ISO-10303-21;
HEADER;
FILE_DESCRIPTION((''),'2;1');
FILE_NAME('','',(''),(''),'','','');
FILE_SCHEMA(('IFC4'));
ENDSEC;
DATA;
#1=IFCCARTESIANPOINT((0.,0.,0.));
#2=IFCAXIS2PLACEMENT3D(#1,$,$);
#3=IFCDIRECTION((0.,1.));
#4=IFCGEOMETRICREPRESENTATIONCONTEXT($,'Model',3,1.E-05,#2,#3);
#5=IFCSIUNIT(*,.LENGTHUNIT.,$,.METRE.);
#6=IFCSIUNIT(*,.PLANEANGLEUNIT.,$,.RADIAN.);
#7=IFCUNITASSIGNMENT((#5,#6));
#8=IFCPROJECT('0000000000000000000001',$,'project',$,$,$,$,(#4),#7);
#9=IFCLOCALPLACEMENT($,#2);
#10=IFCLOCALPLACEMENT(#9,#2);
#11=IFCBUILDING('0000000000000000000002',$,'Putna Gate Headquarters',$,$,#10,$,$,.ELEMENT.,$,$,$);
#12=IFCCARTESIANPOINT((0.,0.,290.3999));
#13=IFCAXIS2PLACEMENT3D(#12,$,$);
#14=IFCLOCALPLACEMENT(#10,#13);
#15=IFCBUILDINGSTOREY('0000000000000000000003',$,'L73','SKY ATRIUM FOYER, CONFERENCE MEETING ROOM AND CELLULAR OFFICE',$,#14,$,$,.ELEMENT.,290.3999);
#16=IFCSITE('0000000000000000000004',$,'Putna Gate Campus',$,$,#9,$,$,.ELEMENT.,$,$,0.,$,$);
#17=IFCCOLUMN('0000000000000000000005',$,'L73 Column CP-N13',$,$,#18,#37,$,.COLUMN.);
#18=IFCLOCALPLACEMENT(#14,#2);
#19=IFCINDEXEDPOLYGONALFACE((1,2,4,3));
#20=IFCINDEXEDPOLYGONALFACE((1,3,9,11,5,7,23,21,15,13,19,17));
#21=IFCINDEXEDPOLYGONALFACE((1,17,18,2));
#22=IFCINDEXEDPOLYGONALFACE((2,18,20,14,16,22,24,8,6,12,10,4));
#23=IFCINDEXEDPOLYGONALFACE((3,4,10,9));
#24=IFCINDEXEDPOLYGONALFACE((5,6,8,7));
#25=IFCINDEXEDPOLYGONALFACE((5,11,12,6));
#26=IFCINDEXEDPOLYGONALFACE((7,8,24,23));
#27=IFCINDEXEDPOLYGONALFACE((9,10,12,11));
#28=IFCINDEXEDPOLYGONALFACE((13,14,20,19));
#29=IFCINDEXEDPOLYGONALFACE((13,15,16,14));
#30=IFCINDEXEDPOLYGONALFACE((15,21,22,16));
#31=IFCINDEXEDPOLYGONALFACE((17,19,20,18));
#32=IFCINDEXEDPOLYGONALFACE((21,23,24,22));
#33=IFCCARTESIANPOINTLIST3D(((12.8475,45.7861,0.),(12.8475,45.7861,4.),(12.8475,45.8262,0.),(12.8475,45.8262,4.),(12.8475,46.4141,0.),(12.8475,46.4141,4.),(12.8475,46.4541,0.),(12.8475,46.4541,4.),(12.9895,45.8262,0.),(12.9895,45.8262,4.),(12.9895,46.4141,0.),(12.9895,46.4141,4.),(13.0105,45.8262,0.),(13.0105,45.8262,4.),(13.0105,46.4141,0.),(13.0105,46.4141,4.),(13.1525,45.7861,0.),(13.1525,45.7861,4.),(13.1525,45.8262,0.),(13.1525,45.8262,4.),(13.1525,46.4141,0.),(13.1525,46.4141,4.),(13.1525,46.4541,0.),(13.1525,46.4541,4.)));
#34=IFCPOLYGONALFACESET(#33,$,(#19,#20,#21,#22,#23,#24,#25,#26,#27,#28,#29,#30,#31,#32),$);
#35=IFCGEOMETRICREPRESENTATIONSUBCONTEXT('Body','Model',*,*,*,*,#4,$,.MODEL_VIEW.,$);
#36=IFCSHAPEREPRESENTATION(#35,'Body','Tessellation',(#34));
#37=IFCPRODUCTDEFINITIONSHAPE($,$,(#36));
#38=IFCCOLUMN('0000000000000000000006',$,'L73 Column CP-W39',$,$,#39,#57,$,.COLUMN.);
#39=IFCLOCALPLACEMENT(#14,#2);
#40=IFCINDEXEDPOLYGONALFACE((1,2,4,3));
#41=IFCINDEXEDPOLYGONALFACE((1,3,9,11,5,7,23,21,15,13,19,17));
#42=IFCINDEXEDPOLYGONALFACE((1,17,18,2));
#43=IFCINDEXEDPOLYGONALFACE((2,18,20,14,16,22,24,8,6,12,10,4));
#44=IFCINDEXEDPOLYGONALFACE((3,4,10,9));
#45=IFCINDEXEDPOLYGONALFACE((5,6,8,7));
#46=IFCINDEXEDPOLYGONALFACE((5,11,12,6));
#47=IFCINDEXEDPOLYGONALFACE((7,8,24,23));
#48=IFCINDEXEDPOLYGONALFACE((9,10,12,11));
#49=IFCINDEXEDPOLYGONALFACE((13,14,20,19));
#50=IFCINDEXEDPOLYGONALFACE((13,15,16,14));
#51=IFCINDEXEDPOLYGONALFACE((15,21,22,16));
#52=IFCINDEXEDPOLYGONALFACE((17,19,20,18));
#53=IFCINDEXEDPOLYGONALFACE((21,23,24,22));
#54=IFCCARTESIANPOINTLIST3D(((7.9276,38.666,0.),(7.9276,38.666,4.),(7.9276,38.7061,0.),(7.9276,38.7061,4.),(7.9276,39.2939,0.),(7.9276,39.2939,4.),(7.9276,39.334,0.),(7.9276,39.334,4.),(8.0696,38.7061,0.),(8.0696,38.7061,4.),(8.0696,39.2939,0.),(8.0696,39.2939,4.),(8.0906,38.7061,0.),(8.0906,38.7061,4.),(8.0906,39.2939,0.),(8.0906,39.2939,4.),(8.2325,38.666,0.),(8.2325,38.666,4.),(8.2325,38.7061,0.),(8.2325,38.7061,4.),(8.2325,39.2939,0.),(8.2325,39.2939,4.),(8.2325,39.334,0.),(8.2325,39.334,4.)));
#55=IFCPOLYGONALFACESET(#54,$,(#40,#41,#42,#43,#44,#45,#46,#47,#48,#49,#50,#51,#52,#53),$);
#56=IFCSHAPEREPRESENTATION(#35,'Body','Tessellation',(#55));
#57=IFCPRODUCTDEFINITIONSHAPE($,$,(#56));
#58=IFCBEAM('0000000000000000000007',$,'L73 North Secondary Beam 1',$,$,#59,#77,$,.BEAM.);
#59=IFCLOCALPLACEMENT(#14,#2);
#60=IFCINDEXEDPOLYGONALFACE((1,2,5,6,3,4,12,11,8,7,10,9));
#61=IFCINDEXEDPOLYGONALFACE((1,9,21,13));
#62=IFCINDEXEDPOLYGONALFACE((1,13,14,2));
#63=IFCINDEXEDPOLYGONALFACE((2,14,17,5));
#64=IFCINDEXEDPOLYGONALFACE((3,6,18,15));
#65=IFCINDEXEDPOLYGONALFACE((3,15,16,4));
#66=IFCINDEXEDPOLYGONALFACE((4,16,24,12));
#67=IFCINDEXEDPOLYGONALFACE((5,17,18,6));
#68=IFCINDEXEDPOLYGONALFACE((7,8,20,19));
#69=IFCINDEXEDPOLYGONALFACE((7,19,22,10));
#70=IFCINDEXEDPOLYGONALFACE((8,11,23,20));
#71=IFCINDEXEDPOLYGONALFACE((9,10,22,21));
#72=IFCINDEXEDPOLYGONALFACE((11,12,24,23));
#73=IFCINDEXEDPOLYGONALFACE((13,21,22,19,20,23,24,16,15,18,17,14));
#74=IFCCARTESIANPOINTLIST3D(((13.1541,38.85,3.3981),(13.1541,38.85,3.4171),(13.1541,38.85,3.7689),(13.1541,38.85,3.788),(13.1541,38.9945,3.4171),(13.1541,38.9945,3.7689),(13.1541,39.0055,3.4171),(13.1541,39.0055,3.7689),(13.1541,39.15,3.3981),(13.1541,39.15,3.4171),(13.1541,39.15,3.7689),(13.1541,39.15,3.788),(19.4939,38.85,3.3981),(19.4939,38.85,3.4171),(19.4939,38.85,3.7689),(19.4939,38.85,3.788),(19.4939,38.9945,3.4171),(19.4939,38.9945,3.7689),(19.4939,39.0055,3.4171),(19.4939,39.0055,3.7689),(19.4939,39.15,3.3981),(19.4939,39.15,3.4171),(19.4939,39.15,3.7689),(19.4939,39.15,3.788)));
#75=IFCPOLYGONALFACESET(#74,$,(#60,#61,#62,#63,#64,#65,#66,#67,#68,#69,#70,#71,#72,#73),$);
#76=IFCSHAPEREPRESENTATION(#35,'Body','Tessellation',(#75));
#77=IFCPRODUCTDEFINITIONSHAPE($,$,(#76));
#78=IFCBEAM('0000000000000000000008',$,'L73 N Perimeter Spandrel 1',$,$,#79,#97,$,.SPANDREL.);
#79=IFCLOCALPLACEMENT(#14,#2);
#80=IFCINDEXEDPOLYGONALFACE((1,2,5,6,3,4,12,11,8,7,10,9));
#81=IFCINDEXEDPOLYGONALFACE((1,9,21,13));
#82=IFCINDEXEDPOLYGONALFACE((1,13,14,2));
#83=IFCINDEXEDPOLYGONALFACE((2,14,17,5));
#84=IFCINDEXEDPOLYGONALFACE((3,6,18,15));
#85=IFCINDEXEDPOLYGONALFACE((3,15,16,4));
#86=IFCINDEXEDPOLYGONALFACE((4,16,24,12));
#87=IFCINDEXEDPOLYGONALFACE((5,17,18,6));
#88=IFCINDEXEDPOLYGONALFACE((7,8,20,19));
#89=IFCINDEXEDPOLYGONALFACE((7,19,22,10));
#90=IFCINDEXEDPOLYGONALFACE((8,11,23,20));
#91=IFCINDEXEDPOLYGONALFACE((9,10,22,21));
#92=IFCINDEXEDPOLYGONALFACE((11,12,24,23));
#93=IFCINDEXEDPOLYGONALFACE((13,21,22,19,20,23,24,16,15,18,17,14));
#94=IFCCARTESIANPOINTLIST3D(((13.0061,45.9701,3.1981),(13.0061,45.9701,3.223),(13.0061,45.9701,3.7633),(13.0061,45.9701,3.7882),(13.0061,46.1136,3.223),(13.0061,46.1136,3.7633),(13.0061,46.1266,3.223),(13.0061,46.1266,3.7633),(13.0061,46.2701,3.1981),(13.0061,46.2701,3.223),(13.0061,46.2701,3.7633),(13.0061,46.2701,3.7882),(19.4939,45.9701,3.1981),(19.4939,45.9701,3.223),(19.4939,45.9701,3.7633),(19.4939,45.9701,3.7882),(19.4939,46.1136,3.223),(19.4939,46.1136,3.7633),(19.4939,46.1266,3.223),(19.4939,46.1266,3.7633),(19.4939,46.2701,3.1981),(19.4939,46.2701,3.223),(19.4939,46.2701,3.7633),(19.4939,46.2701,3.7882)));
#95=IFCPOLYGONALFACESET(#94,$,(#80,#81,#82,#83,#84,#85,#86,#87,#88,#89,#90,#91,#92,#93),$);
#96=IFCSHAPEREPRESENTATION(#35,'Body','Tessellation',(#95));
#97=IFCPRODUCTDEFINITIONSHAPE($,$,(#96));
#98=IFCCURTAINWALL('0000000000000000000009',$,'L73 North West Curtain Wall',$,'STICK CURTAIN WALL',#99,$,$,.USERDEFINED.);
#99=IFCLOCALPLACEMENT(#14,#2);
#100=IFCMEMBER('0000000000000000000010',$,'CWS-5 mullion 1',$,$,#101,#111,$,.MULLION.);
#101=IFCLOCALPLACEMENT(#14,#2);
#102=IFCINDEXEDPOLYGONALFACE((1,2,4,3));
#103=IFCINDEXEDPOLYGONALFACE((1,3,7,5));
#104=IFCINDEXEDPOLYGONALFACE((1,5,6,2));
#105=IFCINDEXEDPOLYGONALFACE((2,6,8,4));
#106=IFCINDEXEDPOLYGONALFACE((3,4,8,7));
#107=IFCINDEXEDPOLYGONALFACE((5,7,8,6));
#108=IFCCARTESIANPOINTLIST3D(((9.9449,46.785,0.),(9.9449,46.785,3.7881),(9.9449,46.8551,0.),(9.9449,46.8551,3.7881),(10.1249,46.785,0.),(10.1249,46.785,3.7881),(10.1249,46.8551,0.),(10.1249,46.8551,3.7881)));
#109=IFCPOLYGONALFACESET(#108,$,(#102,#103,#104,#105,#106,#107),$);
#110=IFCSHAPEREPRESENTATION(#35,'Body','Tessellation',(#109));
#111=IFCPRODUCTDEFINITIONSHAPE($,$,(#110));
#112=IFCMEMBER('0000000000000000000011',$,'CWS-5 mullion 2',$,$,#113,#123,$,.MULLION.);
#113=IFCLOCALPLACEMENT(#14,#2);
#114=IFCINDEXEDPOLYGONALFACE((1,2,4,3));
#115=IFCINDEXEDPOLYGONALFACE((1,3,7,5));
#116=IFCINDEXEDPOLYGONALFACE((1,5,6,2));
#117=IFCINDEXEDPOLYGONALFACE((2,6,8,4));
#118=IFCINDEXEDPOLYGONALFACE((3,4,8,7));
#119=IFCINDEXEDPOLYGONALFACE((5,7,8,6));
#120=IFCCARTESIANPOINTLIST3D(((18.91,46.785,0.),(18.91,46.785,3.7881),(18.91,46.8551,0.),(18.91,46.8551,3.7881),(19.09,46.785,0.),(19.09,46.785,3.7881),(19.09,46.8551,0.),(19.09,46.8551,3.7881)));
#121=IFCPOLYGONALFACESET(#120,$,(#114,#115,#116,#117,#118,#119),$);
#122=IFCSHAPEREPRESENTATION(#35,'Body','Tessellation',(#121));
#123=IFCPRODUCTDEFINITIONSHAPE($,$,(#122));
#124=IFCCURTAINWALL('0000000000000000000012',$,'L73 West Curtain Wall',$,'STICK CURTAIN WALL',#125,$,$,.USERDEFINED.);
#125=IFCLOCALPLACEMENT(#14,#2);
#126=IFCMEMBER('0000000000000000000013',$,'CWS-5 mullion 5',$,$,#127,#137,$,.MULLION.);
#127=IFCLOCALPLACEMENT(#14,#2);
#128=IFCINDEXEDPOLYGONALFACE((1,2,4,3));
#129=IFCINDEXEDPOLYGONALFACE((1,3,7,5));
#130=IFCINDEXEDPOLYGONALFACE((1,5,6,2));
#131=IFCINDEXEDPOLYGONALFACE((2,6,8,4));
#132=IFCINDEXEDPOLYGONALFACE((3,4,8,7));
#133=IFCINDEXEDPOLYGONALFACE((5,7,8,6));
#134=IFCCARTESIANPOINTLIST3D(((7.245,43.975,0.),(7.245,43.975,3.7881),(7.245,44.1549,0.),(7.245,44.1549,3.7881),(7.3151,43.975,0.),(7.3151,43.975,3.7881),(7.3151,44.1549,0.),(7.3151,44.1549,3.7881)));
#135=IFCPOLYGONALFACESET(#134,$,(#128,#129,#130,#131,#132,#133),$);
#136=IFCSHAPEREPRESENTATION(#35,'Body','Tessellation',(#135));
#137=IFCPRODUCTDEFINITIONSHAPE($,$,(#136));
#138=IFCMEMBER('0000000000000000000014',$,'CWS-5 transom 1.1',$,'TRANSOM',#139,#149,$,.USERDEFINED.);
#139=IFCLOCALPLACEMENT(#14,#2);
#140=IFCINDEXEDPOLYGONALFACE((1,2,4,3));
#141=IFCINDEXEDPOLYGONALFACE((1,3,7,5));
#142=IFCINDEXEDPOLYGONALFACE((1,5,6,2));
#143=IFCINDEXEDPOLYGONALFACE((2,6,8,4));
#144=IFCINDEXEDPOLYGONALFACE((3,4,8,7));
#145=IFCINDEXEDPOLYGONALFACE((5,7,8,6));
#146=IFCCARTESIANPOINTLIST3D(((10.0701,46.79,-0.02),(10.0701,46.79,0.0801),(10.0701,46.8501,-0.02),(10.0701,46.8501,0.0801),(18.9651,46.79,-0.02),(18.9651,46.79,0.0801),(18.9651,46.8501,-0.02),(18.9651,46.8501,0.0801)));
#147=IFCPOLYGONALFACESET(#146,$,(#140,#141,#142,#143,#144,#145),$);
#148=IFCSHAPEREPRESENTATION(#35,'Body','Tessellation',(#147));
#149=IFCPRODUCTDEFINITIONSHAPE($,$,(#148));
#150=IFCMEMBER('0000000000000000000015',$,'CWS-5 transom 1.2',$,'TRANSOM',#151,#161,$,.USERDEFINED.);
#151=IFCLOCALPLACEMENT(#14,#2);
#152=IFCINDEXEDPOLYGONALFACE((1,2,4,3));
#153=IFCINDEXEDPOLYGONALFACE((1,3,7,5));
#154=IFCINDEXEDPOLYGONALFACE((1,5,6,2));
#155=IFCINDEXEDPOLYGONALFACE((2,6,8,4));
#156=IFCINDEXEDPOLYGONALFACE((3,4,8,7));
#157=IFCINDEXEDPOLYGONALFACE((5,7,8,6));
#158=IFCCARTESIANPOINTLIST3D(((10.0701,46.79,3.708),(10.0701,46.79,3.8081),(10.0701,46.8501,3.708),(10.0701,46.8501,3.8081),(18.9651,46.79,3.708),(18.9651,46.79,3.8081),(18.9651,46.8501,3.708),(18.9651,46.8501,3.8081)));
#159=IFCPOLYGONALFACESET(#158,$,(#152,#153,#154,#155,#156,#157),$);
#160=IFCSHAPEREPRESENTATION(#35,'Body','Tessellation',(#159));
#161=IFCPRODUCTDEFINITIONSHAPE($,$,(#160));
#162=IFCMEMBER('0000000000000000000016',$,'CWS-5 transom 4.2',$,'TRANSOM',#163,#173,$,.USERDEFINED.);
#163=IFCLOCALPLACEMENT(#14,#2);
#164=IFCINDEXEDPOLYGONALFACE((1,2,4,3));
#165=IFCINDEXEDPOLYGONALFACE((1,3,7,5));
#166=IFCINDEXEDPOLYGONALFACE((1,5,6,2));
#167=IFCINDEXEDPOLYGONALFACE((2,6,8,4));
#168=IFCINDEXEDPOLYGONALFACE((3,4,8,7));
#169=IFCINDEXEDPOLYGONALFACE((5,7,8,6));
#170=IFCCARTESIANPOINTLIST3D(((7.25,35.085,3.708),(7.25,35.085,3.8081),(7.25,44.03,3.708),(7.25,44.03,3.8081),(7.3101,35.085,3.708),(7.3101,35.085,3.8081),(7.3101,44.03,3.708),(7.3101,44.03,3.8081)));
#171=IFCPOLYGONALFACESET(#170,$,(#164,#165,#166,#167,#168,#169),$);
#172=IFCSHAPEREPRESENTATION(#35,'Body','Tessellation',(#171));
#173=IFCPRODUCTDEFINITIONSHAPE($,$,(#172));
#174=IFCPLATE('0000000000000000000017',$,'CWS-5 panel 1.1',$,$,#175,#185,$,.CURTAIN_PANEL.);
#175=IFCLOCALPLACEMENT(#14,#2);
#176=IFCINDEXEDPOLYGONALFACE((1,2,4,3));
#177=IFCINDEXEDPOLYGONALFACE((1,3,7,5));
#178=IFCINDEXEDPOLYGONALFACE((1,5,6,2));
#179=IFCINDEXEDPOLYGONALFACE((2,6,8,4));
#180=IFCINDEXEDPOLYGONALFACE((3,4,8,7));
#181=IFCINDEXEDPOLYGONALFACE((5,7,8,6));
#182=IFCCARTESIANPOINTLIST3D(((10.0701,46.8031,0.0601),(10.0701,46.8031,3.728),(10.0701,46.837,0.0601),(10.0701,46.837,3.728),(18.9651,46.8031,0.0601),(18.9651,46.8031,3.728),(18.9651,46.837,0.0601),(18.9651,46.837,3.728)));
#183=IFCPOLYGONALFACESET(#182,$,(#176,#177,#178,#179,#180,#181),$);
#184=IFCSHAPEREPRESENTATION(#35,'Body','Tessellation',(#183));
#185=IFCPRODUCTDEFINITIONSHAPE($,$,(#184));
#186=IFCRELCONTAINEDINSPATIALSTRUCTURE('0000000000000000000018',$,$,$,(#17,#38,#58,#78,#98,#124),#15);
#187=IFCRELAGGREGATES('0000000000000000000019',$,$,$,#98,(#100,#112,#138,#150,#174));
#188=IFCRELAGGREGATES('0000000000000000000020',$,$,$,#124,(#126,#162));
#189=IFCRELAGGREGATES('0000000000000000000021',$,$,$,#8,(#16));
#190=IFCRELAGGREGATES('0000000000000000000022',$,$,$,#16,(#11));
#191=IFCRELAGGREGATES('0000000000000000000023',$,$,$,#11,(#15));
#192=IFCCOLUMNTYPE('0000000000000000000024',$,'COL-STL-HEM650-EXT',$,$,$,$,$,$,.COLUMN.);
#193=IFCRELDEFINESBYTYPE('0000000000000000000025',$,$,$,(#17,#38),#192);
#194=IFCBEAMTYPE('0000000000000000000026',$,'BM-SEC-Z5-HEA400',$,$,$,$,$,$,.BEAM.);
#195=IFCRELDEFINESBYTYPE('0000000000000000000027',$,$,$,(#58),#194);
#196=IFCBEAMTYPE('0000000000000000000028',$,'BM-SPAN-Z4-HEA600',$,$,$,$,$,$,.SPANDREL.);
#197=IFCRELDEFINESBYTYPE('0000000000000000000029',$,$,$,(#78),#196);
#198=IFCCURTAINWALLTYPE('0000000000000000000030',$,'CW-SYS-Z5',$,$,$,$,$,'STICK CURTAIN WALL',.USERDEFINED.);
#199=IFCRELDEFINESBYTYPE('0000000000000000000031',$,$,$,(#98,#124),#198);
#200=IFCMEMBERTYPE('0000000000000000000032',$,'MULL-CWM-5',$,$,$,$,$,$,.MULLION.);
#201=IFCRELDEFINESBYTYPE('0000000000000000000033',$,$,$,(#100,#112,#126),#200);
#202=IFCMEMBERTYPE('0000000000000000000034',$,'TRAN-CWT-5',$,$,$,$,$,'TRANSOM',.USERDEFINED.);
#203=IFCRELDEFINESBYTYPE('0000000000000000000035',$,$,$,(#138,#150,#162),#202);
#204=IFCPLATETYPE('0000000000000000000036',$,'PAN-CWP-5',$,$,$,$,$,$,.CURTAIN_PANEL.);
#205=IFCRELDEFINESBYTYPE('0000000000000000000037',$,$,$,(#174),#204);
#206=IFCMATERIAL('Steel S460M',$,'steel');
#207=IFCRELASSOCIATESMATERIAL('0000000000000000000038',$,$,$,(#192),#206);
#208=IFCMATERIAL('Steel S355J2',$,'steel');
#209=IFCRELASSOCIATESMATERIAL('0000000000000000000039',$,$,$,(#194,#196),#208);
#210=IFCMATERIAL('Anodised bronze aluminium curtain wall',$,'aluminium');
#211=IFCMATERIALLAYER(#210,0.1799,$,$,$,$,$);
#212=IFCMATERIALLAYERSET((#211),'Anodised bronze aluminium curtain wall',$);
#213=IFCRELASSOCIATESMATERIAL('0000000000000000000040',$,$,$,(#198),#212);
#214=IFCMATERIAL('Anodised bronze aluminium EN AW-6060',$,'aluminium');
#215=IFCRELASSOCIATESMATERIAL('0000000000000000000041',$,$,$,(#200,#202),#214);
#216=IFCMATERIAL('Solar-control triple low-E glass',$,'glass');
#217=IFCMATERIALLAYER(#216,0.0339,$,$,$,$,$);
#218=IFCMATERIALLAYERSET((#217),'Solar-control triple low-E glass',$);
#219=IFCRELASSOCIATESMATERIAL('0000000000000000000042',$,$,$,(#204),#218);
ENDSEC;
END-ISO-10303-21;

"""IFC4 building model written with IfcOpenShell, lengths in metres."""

from ifc_helpers import new_model, si_unit, direction, frame, origin, origin_2d, place, context, subcontext, project, spatial, rectangle, i_section, extrude, material, layer, layer_set, material_profile, profile_set, type_object, element, aggregate, save


model = new_model("IFC4")

# Units and contexts
model_context = context("Model", 3, precision=1e-05, world=origin(), true_north=direction((0.0, 1.0)))
body_context = subcontext(model_context, "Body", "Model", "MODEL_VIEW")
ifc_project = project(units=[si_unit("LENGTHUNIT", "METRE"), si_unit("PLANEANGLEUNIT", "RADIAN")], contexts=[model_context])

# Site, building, storey
site_placement = place(None, origin())
site = spatial("IfcSite", under=ifc_project, at=site_placement, Name="Putna Gate Campus", CompositionType="ELEMENT", RefElevation=0.0)
building_placement = place(site_placement, origin())
building = spatial("IfcBuilding", under=site, at=building_placement, Name="Putna Gate Headquarters", CompositionType="ELEMENT")
storey_placement = place(building_placement, frame((0.0, 0.0, 290.3999)))
storey = spatial("IfcBuildingStorey", under=building, at=storey_placement, Name="L73", Description="SKY ATRIUM FOYER, CONFERENCE MEETING ROOM AND CELLULAR OFFICE", CompositionType="ELEMENT", Elevation=290.3999)

# Columns
ifc_material_1 = material(Name="Steel S460M", Category="steel")
ifc_material_profile_1 = material_profile(ifc_material_1, i_section(OverallWidth=0.3049, OverallDepth=0.668, WebThickness=0.021, FlangeThickness=0.04, at=origin_2d()), Name="Steel S460M")
ifc_profile_set_1 = profile_set([ifc_material_profile_1], Name="Steel S460M")
column_type = type_object("IfcColumnType", Name="COL-STL-HEM650-EXT", PredefinedType="COLUMN", material=ifc_profile_set_1)
for number, where, z_axis, x_axis, name in (
    (1, (13.0, 46.1201, 0.0), (0.0, 0.0, 1.0), (1.0, 0.0, 0.0), "L73 Column CP-N13"),
    (2, (8.0801, 39.0, 0.0), (0.0, 0.0, 1.0), (1.0, 0.0, 0.0), "L73 Column CP-W39"),
):
    element("IfcColumn", number, at=place(storey_placement, frame(where, z_axis=z_axis, x_axis=x_axis)), inside=storey, type_object=column_type, Name=name, PredefinedType="COLUMN", context=body_context, shape_type="SweptSolid", body=[
        extrude(i_section(OverallWidth=0.3049, OverallDepth=0.668, WebThickness=0.021, FlangeThickness=0.04, at=origin_2d()), origin(), (0.0, 0.0, 1.0), 4.0),
    ])

# Beams
ifc_material_2 = material(Name="Steel S355J2", Category="steel")
ifc_material_profile_2 = material_profile(ifc_material_2, i_section(OverallWidth=0.3, OverallDepth=0.3899, WebThickness=0.011, FlangeThickness=0.019, at=origin_2d()), Name="Steel S355J2")
ifc_profile_set_2 = profile_set([ifc_material_profile_2], Name="Steel S355J2")
beam_type_1 = type_object("IfcBeamType", Name="BM-SEC-Z5-HEA400", PredefinedType="BEAM", material=ifc_profile_set_2)
beam_1_placement = place(storey_placement, frame((13.1541, 39.0, 3.593), z_axis=(1.0, 0.0, 0.0), x_axis=(0.0, 1.0, 0.0)))
element("IfcBeam", 3, at=beam_1_placement, inside=storey, type_object=beam_type_1, Name="L73 North Secondary Beam 1", PredefinedType="BEAM", context=body_context, shape_type="SweptSolid", body=[
    extrude(i_section(OverallWidth=0.3, OverallDepth=0.3899, WebThickness=0.011, FlangeThickness=0.019, at=origin_2d()), origin(), (0.0, 0.0, 1.0), 6.3398),
])
ifc_material_profile_3 = material_profile(ifc_material_2, i_section(OverallWidth=0.3, OverallDepth=0.5901, WebThickness=0.0129, FlangeThickness=0.0249, at=origin_2d()), Name="Steel S355J2")
ifc_profile_set_3 = profile_set([ifc_material_profile_3], Name="Steel S355J2")
beam_type_2 = type_object("IfcBeamType", Name="BM-SPAN-Z4-HEA600", PredefinedType="SPANDREL", material=ifc_profile_set_3)
beam_2_placement = place(storey_placement, frame((13.0061, 46.1201, 3.4932), z_axis=(1.0, 0.0, 0.0), x_axis=(0.0, 1.0, 0.0)))
element("IfcBeam", 4, at=beam_2_placement, inside=storey, type_object=beam_type_2, Name="L73 N Perimeter Spandrel 1", PredefinedType="SPANDREL", context=body_context, shape_type="SweptSolid", body=[
    extrude(i_section(OverallWidth=0.3, OverallDepth=0.5901, WebThickness=0.0129, FlangeThickness=0.0249, at=origin_2d()), origin(), (0.0, 0.0, 1.0), 6.4878),
])

# Curtain wall, members
ifc_material_3 = material(Name="Anodised bronze aluminium curtain wall", Category="aluminium")
ifc_layer_1 = layer(ifc_material_3, 0.1799)
ifc_layer_set_1 = layer_set([ifc_layer_1], Name="Anodised bronze aluminium curtain wall")
curtain_wall_type = type_object("IfcCurtainWallType", Name="CW-SYS-Z5", ElementType="STICK CURTAIN WALL", PredefinedType="USERDEFINED", material=ifc_layer_set_1)
curtain_wall_1_placement = place(storey_placement, origin())
curtain_wall_1 = element("IfcCurtainWall", 5, at=curtain_wall_1_placement, inside=storey, type_object=curtain_wall_type, Name="L73 North West Curtain Wall", ObjectType="STICK CURTAIN WALL", PredefinedType="USERDEFINED")
ifc_material_4 = material(Name="Anodised bronze aluminium EN AW-6060", Category="aluminium")
ifc_material_profile_4 = material_profile(ifc_material_4, rectangle(XDim=0.0701, YDim=0.1799, at=origin_2d()), Name="Anodised bronze aluminium EN AW-6060")
ifc_profile_set_4 = profile_set([ifc_material_profile_4], Name="Anodised bronze aluminium EN AW-6060")
member_type_1 = type_object("IfcMemberType", Name="MULL-CWM-5", PredefinedType="MULLION", material=ifc_profile_set_4)
member_1_placement = place(storey_placement, frame((10.0349, 46.8201, 0.0), z_axis=(0.0, 0.0, 1.0), x_axis=(0.0, 1.0, 0.0)))
member_1 = element("IfcMember", 6, at=member_1_placement, type_object=member_type_1, Name="CWS-5 mullion 1", PredefinedType="MULLION", context=body_context, shape_type="SweptSolid", body=[
    extrude(rectangle(XDim=0.0701, YDim=0.1799, at=origin_2d()), origin(), (0.0, 0.0, 1.0), 3.7881),
])
member_2_placement = place(storey_placement, frame((19.0, 46.8201, 0.0), z_axis=(0.0, 0.0, 1.0), x_axis=(0.0, 1.0, 0.0)))
member_2 = element("IfcMember", 7, at=member_2_placement, type_object=member_type_1, Name="CWS-5 mullion 2", PredefinedType="MULLION", context=body_context, shape_type="SweptSolid", body=[
    extrude(rectangle(XDim=0.0701, YDim=0.1799, at=origin_2d()), origin(), (0.0, 0.0, 1.0), 3.7881),
])

# Curtain wall, member
curtain_wall_2_placement = place(storey_placement, origin())
curtain_wall_2 = element("IfcCurtainWall", 8, at=curtain_wall_2_placement, inside=storey, type_object=curtain_wall_type, Name="L73 West Curtain Wall", ObjectType="STICK CURTAIN WALL", PredefinedType="USERDEFINED")
member_3_placement = place(storey_placement, frame((7.28, 44.0649, 0.0), z_axis=(0.0, 0.0, 1.0), x_axis=(-1.0, 0.0, 0.0)))
member_3 = element("IfcMember", 9, at=member_3_placement, type_object=member_type_1, Name="CWS-5 mullion 5", PredefinedType="MULLION", context=body_context, shape_type="SweptSolid", body=[
    extrude(rectangle(XDim=0.0701, YDim=0.1799, at=origin_2d()), origin(), (0.0, 0.0, 1.0), 3.7881),
])

# Members
ifc_material_profile_5 = material_profile(ifc_material_4, rectangle(XDim=0.0601, YDim=0.1001, at=origin_2d()), Name="Anodised bronze aluminium EN AW-6060")
ifc_profile_set_5 = profile_set([ifc_material_profile_5], Name="Anodised bronze aluminium EN AW-6060")
member_type_2 = type_object("IfcMemberType", Name="TRAN-CWT-5", ElementType="TRANSOM", PredefinedType="USERDEFINED", material=ifc_profile_set_5)
member_4_placement = place(storey_placement, frame((10.0701, 46.8201, 0.03), z_axis=(1.0, 0.0, 0.0), x_axis=(0.0, 1.0, 0.0)))
member_4 = element("IfcMember", 10, at=member_4_placement, type_object=member_type_2, Name="CWS-5 transom 1.1", ObjectType="TRANSOM", PredefinedType="USERDEFINED", context=body_context, shape_type="SweptSolid", body=[
    extrude(rectangle(XDim=0.0601, YDim=0.1001, at=origin_2d()), origin(), (0.0, 0.0, 1.0), 8.895),
])
member_5_placement = place(storey_placement, frame((10.0701, 46.8201, 3.7581), z_axis=(1.0, 0.0, 0.0), x_axis=(0.0, 1.0, 0.0)))
member_5 = element("IfcMember", 11, at=member_5_placement, type_object=member_type_2, Name="CWS-5 transom 1.2", ObjectType="TRANSOM", PredefinedType="USERDEFINED", context=body_context, shape_type="SweptSolid", body=[
    extrude(rectangle(XDim=0.0601, YDim=0.1001, at=origin_2d()), origin(), (0.0, 0.0, 1.0), 8.895),
])
member_6_placement = place(storey_placement, frame((7.28, 35.085, 3.7581), z_axis=(0.0, 1.0, 0.0), x_axis=(-1.0, 0.0, 0.0)))
member_6 = element("IfcMember", 12, at=member_6_placement, type_object=member_type_2, Name="CWS-5 transom 4.2", ObjectType="TRANSOM", PredefinedType="USERDEFINED", context=body_context, shape_type="SweptSolid", body=[
    extrude(rectangle(XDim=0.0601, YDim=0.1001, at=origin_2d()), origin(), (0.0, 0.0, 1.0), 8.9451),
])

# Plate
ifc_material_5 = material(Name="Solar-control triple low-E glass", Category="glass")
ifc_layer_2 = layer(ifc_material_5, 0.0339)
ifc_layer_set_2 = layer_set([ifc_layer_2], Name="Solar-control triple low-E glass")
plate_type = type_object("IfcPlateType", Name="PAN-CWP-5", PredefinedType="CURTAIN_PANEL", material=ifc_layer_set_2)
plate_1_placement = place(storey_placement, frame((14.5176, 46.8201, 0.0601), z_axis=(0.0, 0.0, 1.0), x_axis=(1.0, 0.0, 0.0)))
plate_1 = element("IfcPlate", 13, at=plate_1_placement, type_object=plate_type, Name="CWS-5 panel 1.1", PredefinedType="CURTAIN_PANEL", context=body_context, shape_type="SweptSolid", body=[
    extrude(rectangle(XDim=8.895, YDim=0.0339, at=origin_2d()), origin(), (0.0, 0.0, 1.0), 3.668),
])
aggregate(curtain_wall_1, [member_1, member_2, member_4, member_5, plate_1])
aggregate(curtain_wall_2, [member_3, member_6])

save(model, "model.ifc")
